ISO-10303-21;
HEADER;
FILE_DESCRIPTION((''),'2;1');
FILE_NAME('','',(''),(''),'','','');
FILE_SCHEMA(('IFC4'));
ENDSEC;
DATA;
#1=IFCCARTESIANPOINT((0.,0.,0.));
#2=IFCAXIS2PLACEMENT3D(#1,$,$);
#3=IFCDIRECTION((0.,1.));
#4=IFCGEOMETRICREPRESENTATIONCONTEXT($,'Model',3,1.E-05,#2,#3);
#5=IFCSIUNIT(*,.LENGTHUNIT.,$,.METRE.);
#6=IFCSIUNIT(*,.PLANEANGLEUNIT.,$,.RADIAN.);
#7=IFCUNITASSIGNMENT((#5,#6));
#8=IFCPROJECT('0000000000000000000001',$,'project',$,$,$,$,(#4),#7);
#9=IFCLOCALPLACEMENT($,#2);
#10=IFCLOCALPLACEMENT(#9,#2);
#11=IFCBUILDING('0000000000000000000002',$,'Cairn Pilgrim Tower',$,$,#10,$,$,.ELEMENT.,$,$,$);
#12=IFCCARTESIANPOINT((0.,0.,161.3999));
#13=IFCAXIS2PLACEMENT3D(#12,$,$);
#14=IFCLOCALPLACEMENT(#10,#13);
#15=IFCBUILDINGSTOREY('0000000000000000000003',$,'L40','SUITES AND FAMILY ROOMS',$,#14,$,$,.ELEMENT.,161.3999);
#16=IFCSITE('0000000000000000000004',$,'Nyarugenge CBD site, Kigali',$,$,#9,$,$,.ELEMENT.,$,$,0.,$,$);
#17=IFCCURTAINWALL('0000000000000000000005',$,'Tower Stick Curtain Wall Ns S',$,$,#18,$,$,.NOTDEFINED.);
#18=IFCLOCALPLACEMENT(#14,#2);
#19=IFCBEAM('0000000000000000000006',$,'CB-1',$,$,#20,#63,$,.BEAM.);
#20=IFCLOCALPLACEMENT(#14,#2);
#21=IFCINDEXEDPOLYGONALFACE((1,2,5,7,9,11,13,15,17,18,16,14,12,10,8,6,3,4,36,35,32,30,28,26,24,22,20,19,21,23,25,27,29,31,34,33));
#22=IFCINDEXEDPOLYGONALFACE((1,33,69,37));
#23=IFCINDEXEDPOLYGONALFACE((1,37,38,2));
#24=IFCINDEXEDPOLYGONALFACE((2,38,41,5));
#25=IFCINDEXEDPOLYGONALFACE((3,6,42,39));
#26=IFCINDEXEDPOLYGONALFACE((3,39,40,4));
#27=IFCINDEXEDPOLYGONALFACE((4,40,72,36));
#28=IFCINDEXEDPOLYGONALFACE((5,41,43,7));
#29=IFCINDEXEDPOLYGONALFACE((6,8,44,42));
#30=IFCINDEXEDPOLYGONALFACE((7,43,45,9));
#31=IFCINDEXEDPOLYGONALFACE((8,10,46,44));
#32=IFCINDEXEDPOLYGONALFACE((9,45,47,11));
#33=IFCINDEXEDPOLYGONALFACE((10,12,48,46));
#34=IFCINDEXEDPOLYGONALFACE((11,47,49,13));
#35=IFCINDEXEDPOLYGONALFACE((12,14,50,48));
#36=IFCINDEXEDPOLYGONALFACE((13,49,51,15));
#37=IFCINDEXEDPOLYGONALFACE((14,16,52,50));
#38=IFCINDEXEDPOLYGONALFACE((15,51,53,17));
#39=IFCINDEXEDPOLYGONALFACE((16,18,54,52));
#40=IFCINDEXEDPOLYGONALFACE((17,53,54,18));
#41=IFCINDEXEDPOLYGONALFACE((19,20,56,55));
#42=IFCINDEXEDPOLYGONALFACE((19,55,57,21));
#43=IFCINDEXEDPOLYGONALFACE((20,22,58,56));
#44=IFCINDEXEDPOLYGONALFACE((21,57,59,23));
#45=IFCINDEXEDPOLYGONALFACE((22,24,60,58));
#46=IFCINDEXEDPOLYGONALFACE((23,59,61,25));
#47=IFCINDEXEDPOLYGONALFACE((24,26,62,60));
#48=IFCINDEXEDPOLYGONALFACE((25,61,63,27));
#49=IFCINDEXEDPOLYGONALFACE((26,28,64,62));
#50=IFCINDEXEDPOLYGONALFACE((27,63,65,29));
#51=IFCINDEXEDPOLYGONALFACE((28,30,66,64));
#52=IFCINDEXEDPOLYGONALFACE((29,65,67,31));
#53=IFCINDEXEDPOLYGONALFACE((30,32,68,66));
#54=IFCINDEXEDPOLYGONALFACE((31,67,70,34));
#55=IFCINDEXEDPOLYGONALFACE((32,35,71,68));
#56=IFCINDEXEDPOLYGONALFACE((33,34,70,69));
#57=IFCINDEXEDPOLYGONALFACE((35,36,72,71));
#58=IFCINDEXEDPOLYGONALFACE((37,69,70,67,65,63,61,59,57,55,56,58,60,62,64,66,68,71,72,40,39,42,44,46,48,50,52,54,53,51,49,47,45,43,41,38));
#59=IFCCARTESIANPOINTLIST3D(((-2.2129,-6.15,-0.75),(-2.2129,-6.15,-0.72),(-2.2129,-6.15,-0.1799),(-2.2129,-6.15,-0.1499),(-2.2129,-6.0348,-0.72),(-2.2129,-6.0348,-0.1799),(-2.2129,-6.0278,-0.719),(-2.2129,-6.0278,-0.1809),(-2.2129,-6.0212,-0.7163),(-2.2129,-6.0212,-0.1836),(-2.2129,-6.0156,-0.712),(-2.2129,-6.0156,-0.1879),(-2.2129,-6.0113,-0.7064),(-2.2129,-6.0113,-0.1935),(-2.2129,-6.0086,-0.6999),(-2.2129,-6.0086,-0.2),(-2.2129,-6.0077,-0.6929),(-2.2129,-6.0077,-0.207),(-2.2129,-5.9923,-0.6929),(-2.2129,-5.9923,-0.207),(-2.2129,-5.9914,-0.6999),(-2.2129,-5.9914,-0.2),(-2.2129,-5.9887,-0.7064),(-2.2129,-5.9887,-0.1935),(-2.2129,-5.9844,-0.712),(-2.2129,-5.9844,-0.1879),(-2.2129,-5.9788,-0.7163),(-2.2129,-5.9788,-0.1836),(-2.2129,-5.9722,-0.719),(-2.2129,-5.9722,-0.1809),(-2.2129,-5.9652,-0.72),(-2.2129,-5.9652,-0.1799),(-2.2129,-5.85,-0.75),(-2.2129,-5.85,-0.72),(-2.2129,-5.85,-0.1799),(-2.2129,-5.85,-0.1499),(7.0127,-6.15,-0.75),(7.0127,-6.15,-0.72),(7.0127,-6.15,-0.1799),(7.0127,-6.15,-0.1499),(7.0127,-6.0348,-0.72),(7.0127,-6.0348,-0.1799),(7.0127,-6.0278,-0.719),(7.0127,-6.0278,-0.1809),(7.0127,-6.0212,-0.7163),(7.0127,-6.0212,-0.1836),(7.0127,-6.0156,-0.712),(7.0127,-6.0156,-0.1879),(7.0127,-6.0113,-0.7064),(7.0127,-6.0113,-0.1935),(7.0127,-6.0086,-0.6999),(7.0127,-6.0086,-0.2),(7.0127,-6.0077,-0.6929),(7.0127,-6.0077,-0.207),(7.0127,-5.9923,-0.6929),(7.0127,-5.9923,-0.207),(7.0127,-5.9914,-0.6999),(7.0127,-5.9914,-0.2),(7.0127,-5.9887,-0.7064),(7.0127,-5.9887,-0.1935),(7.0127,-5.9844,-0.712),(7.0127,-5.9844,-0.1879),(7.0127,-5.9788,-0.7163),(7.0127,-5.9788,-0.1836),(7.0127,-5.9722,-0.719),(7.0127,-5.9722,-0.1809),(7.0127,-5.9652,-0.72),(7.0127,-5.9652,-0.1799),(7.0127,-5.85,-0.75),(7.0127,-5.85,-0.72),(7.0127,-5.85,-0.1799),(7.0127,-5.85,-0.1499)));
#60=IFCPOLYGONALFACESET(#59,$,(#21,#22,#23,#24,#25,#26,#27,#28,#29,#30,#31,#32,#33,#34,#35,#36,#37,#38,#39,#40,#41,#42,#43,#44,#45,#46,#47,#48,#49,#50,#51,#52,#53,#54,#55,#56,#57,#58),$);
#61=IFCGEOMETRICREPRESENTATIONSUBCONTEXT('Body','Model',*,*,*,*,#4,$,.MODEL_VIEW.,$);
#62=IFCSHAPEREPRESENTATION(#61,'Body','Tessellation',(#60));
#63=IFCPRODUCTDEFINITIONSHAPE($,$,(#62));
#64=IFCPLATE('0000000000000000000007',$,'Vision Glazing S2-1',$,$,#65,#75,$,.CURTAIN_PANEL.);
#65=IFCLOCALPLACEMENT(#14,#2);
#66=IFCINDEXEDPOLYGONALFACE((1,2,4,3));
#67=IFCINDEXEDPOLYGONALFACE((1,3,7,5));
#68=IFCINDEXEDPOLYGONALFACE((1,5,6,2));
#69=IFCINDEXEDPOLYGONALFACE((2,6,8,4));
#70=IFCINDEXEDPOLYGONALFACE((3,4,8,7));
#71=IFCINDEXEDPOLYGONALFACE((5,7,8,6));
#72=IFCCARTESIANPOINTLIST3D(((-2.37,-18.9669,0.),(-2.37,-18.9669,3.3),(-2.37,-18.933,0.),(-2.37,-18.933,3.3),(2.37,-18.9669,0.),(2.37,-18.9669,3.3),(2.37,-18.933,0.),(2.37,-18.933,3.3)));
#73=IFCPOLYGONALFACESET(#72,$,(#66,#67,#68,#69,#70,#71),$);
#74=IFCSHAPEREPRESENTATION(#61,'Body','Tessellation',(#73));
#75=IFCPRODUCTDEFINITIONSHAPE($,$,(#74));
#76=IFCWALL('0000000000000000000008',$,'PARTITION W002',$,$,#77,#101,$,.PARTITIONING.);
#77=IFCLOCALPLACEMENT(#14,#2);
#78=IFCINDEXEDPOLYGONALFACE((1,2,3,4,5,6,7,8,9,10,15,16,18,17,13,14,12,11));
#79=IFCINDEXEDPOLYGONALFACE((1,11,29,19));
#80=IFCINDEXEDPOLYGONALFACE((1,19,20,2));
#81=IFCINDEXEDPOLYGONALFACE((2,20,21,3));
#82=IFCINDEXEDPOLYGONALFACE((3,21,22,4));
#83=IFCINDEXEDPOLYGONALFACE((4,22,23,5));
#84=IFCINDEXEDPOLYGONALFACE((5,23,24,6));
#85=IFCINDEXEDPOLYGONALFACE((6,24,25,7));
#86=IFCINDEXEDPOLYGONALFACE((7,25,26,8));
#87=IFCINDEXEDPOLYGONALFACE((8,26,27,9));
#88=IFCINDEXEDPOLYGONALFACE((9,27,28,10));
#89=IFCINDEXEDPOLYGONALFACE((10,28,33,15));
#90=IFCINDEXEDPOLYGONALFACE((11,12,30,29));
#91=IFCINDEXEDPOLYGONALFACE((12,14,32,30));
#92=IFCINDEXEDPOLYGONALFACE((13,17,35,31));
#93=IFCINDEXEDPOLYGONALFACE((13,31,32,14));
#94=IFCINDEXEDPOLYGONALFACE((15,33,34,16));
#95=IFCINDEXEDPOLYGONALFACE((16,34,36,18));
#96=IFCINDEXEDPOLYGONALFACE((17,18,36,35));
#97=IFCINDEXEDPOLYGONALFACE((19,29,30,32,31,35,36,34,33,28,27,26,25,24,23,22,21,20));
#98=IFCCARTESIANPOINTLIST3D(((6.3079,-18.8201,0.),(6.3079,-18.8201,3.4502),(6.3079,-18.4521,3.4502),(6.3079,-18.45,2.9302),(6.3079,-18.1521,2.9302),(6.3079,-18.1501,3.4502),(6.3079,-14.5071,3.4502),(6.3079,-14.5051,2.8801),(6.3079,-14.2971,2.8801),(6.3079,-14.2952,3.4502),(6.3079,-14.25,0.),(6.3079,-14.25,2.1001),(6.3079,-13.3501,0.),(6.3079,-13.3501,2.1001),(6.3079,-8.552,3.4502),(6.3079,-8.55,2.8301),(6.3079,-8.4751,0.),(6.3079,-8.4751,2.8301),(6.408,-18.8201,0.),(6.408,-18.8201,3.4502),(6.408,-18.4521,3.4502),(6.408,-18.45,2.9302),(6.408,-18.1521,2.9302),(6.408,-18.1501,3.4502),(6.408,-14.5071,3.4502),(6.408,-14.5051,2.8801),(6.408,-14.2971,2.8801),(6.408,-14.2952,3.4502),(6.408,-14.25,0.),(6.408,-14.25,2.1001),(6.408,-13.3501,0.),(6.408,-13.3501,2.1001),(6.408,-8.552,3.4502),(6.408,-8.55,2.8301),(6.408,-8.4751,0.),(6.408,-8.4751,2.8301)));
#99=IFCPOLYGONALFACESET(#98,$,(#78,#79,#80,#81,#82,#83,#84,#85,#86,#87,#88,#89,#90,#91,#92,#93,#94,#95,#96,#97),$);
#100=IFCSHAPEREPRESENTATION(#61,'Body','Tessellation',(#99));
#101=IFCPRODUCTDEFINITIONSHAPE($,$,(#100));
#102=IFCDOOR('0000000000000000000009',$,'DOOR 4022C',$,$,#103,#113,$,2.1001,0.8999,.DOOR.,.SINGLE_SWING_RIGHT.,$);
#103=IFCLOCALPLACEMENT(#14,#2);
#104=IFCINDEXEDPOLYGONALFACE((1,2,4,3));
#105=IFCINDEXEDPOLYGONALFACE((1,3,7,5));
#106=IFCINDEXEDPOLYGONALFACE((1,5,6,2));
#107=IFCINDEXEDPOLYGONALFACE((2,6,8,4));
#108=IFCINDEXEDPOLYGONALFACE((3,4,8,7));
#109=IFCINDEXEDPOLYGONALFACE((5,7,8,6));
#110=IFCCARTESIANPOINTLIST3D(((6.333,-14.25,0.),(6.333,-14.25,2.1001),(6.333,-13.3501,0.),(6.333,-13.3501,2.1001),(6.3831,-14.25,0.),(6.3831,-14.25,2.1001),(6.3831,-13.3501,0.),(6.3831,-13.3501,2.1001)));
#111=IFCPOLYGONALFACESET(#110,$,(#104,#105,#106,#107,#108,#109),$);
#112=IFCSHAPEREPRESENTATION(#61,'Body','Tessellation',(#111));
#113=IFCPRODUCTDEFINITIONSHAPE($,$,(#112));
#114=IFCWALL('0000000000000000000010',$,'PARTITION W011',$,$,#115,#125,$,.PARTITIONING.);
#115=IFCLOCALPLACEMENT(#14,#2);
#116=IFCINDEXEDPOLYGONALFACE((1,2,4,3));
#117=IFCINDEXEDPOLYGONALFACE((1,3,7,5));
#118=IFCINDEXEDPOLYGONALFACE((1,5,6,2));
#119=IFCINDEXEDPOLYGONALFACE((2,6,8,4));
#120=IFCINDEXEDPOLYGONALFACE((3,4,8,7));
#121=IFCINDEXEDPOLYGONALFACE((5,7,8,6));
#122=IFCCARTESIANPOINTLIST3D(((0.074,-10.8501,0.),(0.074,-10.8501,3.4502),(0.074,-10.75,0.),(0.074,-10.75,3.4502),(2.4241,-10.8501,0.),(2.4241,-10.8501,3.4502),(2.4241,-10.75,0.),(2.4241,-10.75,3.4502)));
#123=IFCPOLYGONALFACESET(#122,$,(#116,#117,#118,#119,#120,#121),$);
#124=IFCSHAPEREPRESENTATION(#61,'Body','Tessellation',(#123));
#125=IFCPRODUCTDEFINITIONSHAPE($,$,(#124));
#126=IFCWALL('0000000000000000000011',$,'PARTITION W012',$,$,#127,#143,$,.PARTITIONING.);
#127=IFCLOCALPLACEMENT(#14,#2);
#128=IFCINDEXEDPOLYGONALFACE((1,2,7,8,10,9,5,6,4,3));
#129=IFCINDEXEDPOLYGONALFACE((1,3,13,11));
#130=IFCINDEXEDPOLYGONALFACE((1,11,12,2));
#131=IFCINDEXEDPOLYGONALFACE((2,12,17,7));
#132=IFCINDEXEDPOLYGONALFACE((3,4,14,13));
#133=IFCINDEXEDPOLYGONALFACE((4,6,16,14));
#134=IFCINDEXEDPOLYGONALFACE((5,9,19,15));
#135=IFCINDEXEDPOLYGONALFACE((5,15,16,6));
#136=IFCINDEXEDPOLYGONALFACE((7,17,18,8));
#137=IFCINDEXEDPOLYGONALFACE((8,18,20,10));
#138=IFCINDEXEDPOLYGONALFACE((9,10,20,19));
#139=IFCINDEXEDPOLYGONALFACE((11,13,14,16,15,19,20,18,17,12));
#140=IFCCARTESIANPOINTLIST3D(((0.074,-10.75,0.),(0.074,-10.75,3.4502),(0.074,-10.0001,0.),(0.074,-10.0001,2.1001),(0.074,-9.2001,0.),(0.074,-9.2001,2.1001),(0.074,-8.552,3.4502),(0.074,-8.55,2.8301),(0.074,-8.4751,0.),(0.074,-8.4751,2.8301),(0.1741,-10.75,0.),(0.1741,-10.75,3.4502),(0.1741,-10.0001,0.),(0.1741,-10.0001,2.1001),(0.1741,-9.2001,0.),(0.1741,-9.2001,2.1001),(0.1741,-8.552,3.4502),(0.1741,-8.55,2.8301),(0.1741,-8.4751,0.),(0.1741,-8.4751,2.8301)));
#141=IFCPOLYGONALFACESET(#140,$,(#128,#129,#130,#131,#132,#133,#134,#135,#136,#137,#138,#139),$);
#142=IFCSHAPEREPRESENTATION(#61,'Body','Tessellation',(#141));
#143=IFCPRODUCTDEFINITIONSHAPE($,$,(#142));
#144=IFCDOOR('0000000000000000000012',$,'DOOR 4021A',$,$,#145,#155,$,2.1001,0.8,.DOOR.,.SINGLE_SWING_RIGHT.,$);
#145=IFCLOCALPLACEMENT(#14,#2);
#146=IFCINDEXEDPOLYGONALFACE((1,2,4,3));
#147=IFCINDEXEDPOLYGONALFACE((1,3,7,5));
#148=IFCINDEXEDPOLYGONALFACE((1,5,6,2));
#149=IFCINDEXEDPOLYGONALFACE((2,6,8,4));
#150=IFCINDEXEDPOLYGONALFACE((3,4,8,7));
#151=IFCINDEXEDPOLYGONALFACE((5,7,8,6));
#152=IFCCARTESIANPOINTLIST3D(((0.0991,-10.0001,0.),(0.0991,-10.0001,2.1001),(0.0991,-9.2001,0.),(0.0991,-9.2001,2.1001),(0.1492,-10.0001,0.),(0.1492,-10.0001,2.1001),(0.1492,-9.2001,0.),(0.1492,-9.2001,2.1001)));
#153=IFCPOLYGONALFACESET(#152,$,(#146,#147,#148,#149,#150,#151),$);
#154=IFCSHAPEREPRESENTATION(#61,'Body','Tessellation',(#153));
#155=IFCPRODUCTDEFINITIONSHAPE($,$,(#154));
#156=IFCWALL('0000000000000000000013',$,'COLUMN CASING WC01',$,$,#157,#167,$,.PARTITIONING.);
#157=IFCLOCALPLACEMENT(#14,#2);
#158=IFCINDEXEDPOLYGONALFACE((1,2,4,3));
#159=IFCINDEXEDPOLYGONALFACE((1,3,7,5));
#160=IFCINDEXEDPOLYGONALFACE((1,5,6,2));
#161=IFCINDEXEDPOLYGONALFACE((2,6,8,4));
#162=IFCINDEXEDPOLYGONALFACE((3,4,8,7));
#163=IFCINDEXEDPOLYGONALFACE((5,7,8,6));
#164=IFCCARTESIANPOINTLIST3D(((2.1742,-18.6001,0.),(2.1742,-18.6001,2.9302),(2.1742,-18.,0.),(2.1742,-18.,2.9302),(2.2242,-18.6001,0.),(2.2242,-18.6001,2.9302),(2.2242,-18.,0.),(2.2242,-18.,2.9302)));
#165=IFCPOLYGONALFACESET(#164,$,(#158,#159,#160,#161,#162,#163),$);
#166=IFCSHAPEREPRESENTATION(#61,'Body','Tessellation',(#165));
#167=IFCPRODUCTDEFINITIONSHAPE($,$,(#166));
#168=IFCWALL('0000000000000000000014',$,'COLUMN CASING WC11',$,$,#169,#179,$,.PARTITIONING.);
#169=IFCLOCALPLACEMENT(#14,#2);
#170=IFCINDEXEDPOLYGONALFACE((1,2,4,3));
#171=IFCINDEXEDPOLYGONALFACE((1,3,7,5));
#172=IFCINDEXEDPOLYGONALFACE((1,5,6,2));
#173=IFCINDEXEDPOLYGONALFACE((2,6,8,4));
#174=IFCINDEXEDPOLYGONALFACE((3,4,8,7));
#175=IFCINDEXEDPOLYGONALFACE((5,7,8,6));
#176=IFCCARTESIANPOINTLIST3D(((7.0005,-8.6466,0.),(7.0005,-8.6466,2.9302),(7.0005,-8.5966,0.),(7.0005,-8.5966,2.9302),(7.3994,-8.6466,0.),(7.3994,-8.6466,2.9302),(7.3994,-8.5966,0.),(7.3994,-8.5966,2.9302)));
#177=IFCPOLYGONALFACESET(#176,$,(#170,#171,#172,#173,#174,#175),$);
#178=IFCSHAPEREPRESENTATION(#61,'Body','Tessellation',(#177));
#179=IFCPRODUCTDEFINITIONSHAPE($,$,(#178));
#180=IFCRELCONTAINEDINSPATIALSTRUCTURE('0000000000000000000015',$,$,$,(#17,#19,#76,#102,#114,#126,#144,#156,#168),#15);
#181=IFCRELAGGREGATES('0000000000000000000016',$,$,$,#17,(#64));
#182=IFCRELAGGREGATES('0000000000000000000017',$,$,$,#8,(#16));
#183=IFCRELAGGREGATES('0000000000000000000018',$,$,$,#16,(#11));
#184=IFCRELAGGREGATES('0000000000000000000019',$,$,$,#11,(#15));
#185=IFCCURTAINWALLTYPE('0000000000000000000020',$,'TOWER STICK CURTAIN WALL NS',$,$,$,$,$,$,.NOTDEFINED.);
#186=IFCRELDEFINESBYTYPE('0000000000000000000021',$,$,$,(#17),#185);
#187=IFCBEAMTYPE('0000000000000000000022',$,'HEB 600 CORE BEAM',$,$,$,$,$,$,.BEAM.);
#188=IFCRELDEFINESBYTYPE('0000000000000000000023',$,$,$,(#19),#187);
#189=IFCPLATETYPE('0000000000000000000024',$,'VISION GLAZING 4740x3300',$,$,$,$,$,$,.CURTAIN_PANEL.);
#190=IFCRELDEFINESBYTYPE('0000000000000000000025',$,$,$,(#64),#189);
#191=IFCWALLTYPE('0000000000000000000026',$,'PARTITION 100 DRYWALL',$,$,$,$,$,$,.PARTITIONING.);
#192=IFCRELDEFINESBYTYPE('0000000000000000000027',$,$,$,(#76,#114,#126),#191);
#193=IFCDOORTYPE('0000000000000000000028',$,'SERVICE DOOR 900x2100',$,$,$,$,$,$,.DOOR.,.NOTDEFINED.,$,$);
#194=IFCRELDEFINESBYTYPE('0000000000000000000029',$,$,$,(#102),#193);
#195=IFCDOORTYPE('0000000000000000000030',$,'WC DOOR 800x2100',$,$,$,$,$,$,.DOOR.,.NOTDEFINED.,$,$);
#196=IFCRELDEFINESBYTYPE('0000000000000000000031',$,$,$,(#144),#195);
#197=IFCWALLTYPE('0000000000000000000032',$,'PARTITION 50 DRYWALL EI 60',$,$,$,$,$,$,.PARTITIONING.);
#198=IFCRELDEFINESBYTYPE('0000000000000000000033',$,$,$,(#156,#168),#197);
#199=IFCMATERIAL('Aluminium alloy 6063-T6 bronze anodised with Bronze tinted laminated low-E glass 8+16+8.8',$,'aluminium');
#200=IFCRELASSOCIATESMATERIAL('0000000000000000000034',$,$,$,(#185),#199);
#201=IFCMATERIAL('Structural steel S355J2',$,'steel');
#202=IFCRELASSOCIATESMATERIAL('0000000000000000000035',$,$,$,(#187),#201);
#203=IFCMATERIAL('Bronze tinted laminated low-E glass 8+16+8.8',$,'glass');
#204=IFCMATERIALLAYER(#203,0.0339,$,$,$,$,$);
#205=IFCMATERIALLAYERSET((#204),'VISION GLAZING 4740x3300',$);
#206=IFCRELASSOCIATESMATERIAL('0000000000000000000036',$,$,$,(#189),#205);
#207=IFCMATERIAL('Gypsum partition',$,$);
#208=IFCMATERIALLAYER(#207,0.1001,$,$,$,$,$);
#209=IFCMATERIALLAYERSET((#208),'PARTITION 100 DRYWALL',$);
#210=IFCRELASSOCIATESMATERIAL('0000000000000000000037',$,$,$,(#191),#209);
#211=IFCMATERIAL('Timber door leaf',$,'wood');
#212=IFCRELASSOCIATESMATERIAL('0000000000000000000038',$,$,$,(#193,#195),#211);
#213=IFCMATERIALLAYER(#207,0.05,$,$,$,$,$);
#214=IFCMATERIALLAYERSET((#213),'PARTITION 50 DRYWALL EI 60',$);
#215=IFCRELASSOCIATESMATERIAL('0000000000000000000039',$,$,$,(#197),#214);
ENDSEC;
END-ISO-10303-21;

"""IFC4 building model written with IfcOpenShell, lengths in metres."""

from ifc_helpers import new_model, si_unit, direction, frame, frame_2d, origin, origin_2d, place, context, subcontext, project, spatial, polyline, rectangle, i_section, outline, extrude, material, layer, layer_set, material_profile, profile_set, type_object, element, fill, aggregate, save


model = new_model("IFC4")

# Units and contexts
model_context = context("Model", 3, precision=1e-05, world=origin(), true_north=direction((0.0, 1.0)))
body_context = subcontext(model_context, "Body", "Model", "MODEL_VIEW")
ifc_project = project(units=[si_unit("LENGTHUNIT", "METRE"), si_unit("PLANEANGLEUNIT", "RADIAN")], contexts=[model_context])

# Site, building, storey
site_placement = place(None, origin())
site = spatial("IfcSite", under=ifc_project, at=site_placement, Name="Nyarugenge CBD site, Kigali", CompositionType="ELEMENT", RefElevation=0.0)
building_placement = place(site_placement, origin())
building = spatial("IfcBuilding", under=site, at=building_placement, Name="Cairn Pilgrim Tower", CompositionType="ELEMENT")
storey_placement = place(building_placement, frame((0.0, 0.0, 161.3999)))
storey = spatial("IfcBuildingStorey", under=building, at=storey_placement, Name="L40", Description="SUITES AND FAMILY ROOMS", CompositionType="ELEMENT", Elevation=161.3999)

# Shared definitions
ifc_material_1 = material(Name="Structural steel S355J2", Category="steel")

# Curtain wall
ifc_material_2 = material(Name="Aluminium alloy 6063-T6 bronze anodised with Bronze tinted laminated low-E glass 8+16+8.8", Category="aluminium")
curtain_wall_type = type_object("IfcCurtainWallType", Name="TOWER STICK CURTAIN WALL NS", PredefinedType="NOTDEFINED", material=ifc_material_2)
curtain_wall_placement = place(storey_placement, origin())
curtain_wall = element("IfcCurtainWall", 1, at=curtain_wall_placement, inside=storey, type_object=curtain_wall_type, Name="Tower Stick Curtain Wall Ns S", PredefinedType="NOTDEFINED")

# Beam
ifc_material_profile_1 = material_profile(ifc_material_1, i_section(OverallWidth=0.3, OverallDepth=0.6001, WebThickness=0.0154, FlangeThickness=0.03, FilletRadius=0.0271, at=origin_2d()), Name="HEB 600")
ifc_profile_set_1 = profile_set([ifc_material_profile_1], Name="Structural steel S355J2")
beam_type_1 = type_object("IfcBeamType", Name="HEB 600 CORE BEAM", PredefinedType="BEAM", material=ifc_profile_set_1)
beam_1_placement = place(storey_placement, frame((-2.2129, -6.0, -0.45), z_axis=(1.0, 0.0, 0.0), x_axis=(0.0, 1.0, 0.0)))
element("IfcBeam", 2, at=beam_1_placement, inside=storey, type_object=beam_type_1, Name="CB-1", PredefinedType="BEAM", context=body_context, shape_type="SweptSolid", body=[
    extrude(i_section(OverallWidth=0.3, OverallDepth=0.6001, WebThickness=0.0154, FlangeThickness=0.03, FilletRadius=0.0271, at=origin_2d()), origin(), (0.0, 0.0, 1.0), 9.2256),
])

# Plate
ifc_material_3 = material(Name="Bronze tinted laminated low-E glass 8+16+8.8", Category="glass")
ifc_layer_1 = layer(ifc_material_3, 0.0339)
ifc_layer_set_1 = layer_set([ifc_layer_1], Name="VISION GLAZING 4740x3300")
plate_type = type_object("IfcPlateType", Name="VISION GLAZING 4740x3300", PredefinedType="CURTAIN_PANEL", material=ifc_layer_set_1)
plate_placement = place(storey_placement, frame((0.0, -18.95, 0.0), z_axis=(0.0, 0.0, 1.0), x_axis=(1.0, 0.0, 0.0)))
plate = element("IfcPlate", 3, at=plate_placement, type_object=plate_type, Name="Vision Glazing S2-1", PredefinedType="CURTAIN_PANEL", context=body_context, shape_type="SweptSolid", body=[
    extrude(rectangle(XDim=4.74, YDim=0.0339, at=origin_2d()), origin(), (0.0, 0.0, 1.0), 3.3),
])
aggregate(curtain_wall, [plate])

# Wall, opening, door
ifc_material_4 = material(Name="Gypsum partition")
ifc_layer_2 = layer(ifc_material_4, 0.1001)
ifc_layer_set_2 = layer_set([ifc_layer_2], Name="PARTITION 100 DRYWALL")
wall_type_1 = type_object("IfcWallType", Name="PARTITION 100 DRYWALL", PredefinedType="PARTITIONING", material=ifc_layer_set_2)
wall_1_placement = place(storey_placement, frame((6.3579, -18.8201, 0.0), z_axis=(0.0, 0.0, 1.0), x_axis=(0.0, 1.0, 0.0)))
wall_1 = element("IfcWall", 4, at=wall_1_placement, inside=storey, type_object=wall_type_1, Name="PARTITION W002", PredefinedType="PARTITIONING", context=body_context, shape_type="SweptSolid", body=[
    extrude(outline(polyline([(0.0, 0.0), (10.345, 0.0), (10.345, 2.8301), (10.27, 2.8301), (10.2681, 3.4502), (4.5249, 3.4502), (4.5229, 2.8801), (4.3149, 2.8801), (4.313, 3.4502), (0.6699, 3.4502), (0.668, 2.9302), (0.3701, 2.9302), (0.3679, 3.4502), (0.0, 3.4502), (0.0, 0.0)])), frame((0.0, 0.05, 0.0), z_axis=(0.0, -1.0, 0.0), x_axis=(1.0, 0.0, 0.0)), (0.0, 0.0, 1.0), 0.1001),
])
opening_1_placement = place(wall_1_placement, frame((4.5701, 0.0, 0.0)))
opening_1 = element("IfcOpeningElement", 5, at=opening_1_placement, cuts=wall_1, PredefinedType="OPENING", context=body_context, shape_type="SweptSolid", body=[
    extrude(rectangle(XDim=0.8999, YDim=2.1001, at=frame_2d((0.45, 1.05))), frame((0.0, 0.0601, 0.0), z_axis=(0.0, -1.0, 0.0), x_axis=(1.0, 0.0, 0.0)), (0.0, 0.0, 1.0), 0.1201),
])
ifc_material_5 = material(Name="Timber door leaf", Category="wood")
door_type_1 = type_object("IfcDoorType", Name="SERVICE DOOR 900x2100", OperationType="NOTDEFINED", PredefinedType="DOOR", material=ifc_material_5)
door_1_placement = place(opening_1_placement, origin())
door_1 = element("IfcDoor", 6, at=door_1_placement, inside=storey, type_object=door_type_1, Name="DOOR 4022C", OperationType="SINGLE_SWING_RIGHT", OverallHeight=2.1001, OverallWidth=0.8999, PredefinedType="DOOR", context=body_context, shape_type="SweptSolid", body=[
    extrude(rectangle(XDim=0.8999, YDim=2.1001, at=frame_2d((0.45, 1.05))), frame((0.0, 0.0249, 0.0), z_axis=(0.0, -1.0, 0.0), x_axis=(1.0, 0.0, 0.0)), (0.0, 0.0, 1.0), 0.05),
])
fill(opening_1, door_1)

# Wall
wall_2_placement = place(storey_placement, frame((0.074, -10.8, 0.0), z_axis=(0.0, 0.0, 1.0), x_axis=(1.0, 0.0, 0.0)))
element("IfcWall", 7, at=wall_2_placement, inside=storey, type_object=wall_type_1, Name="PARTITION W011", PredefinedType="PARTITIONING", context=body_context, shape_type="SweptSolid", body=[
    extrude(rectangle(XDim=2.3501, YDim=0.1001, at=frame_2d((1.175, 0.0))), origin(), (0.0, 0.0, 1.0), 3.4502),
])

# Wall, opening, door
wall_3_placement = place(storey_placement, frame((0.124, -10.75, 0.0), z_axis=(0.0, 0.0, 1.0), x_axis=(0.0, 1.0, 0.0)))
wall_3 = element("IfcWall", 8, at=wall_3_placement, inside=storey, type_object=wall_type_1, Name="PARTITION W012", PredefinedType="PARTITIONING", context=body_context, shape_type="SweptSolid", body=[
    extrude(outline(polyline([(0.0, 0.0), (2.2749, 0.0), (2.2749, 2.8301), (2.2, 2.8301), (2.198, 3.4502), (0.0, 3.4502), (0.0, 0.0)])), frame((0.0, 0.05, 0.0), z_axis=(0.0, -1.0, 0.0), x_axis=(1.0, 0.0, 0.0)), (0.0, 0.0, 1.0), 0.1001),
])
opening_2_placement = place(wall_3_placement, frame((0.75, 0.0, 0.0)))
opening_2 = element("IfcOpeningElement", 9, at=opening_2_placement, cuts=wall_3, PredefinedType="OPENING", context=body_context, shape_type="SweptSolid", body=[
    extrude(rectangle(XDim=0.8, YDim=2.1001, at=frame_2d((0.3999, 1.05))), frame((0.0, 0.0601, 0.0), z_axis=(0.0, -1.0, 0.0), x_axis=(1.0, 0.0, 0.0)), (0.0, 0.0, 1.0), 0.1201),
])
door_type_2 = type_object("IfcDoorType", Name="WC DOOR 800x2100", OperationType="NOTDEFINED", PredefinedType="DOOR", material=ifc_material_5)
door_2_placement = place(opening_2_placement, origin())
door_2 = element("IfcDoor", 10, at=door_2_placement, inside=storey, type_object=door_type_2, Name="DOOR 4021A", OperationType="SINGLE_SWING_RIGHT", OverallHeight=2.1001, OverallWidth=0.8, PredefinedType="DOOR", context=body_context, shape_type="SweptSolid", body=[
    extrude(rectangle(XDim=0.8, YDim=2.1001, at=frame_2d((0.3999, 1.05))), frame((0.0, 0.0249, 0.0), z_axis=(0.0, -1.0, 0.0), x_axis=(1.0, 0.0, 0.0)), (0.0, 0.0, 1.0), 0.05),
])
fill(opening_2, door_2)

# Walls
ifc_layer_3 = layer(ifc_material_4, 0.05)
ifc_layer_set_3 = layer_set([ifc_layer_3], Name="PARTITION 50 DRYWALL EI 60")
wall_type_2 = type_object("IfcWallType", Name="PARTITION 50 DRYWALL EI 60", PredefinedType="PARTITIONING", material=ifc_layer_set_3)
wall_4_placement = place(storey_placement, frame((2.1992, -18.6001, 0.0), z_axis=(0.0, 0.0, 1.0), x_axis=(0.0, 1.0, 0.0)))
element("IfcWall", 11, at=wall_4_placement, inside=storey, type_object=wall_type_2, Name="COLUMN CASING WC01", PredefinedType="PARTITIONING", context=body_context, shape_type="SweptSolid", body=[
    extrude(rectangle(XDim=0.6001, YDim=0.05, at=frame_2d((0.3, 0.0))), origin(), (0.0, 0.0, 1.0), 2.9302),
])
wall_5_placement = place(storey_placement, frame((7.0005, -8.6216, 0.0), z_axis=(0.0, 0.0, 1.0), x_axis=(1.0, 0.0, 0.0)))
element("IfcWall", 12, at=wall_5_placement, inside=storey, type_object=wall_type_2, Name="COLUMN CASING WC11", PredefinedType="PARTITIONING", context=body_context, shape_type="SweptSolid", body=[
    extrude(rectangle(XDim=0.3989, YDim=0.05, at=frame_2d((0.1995, 0.0))), origin(), (0.0, 0.0, 1.0), 2.9302),
])

save(model, "model.ifc")
